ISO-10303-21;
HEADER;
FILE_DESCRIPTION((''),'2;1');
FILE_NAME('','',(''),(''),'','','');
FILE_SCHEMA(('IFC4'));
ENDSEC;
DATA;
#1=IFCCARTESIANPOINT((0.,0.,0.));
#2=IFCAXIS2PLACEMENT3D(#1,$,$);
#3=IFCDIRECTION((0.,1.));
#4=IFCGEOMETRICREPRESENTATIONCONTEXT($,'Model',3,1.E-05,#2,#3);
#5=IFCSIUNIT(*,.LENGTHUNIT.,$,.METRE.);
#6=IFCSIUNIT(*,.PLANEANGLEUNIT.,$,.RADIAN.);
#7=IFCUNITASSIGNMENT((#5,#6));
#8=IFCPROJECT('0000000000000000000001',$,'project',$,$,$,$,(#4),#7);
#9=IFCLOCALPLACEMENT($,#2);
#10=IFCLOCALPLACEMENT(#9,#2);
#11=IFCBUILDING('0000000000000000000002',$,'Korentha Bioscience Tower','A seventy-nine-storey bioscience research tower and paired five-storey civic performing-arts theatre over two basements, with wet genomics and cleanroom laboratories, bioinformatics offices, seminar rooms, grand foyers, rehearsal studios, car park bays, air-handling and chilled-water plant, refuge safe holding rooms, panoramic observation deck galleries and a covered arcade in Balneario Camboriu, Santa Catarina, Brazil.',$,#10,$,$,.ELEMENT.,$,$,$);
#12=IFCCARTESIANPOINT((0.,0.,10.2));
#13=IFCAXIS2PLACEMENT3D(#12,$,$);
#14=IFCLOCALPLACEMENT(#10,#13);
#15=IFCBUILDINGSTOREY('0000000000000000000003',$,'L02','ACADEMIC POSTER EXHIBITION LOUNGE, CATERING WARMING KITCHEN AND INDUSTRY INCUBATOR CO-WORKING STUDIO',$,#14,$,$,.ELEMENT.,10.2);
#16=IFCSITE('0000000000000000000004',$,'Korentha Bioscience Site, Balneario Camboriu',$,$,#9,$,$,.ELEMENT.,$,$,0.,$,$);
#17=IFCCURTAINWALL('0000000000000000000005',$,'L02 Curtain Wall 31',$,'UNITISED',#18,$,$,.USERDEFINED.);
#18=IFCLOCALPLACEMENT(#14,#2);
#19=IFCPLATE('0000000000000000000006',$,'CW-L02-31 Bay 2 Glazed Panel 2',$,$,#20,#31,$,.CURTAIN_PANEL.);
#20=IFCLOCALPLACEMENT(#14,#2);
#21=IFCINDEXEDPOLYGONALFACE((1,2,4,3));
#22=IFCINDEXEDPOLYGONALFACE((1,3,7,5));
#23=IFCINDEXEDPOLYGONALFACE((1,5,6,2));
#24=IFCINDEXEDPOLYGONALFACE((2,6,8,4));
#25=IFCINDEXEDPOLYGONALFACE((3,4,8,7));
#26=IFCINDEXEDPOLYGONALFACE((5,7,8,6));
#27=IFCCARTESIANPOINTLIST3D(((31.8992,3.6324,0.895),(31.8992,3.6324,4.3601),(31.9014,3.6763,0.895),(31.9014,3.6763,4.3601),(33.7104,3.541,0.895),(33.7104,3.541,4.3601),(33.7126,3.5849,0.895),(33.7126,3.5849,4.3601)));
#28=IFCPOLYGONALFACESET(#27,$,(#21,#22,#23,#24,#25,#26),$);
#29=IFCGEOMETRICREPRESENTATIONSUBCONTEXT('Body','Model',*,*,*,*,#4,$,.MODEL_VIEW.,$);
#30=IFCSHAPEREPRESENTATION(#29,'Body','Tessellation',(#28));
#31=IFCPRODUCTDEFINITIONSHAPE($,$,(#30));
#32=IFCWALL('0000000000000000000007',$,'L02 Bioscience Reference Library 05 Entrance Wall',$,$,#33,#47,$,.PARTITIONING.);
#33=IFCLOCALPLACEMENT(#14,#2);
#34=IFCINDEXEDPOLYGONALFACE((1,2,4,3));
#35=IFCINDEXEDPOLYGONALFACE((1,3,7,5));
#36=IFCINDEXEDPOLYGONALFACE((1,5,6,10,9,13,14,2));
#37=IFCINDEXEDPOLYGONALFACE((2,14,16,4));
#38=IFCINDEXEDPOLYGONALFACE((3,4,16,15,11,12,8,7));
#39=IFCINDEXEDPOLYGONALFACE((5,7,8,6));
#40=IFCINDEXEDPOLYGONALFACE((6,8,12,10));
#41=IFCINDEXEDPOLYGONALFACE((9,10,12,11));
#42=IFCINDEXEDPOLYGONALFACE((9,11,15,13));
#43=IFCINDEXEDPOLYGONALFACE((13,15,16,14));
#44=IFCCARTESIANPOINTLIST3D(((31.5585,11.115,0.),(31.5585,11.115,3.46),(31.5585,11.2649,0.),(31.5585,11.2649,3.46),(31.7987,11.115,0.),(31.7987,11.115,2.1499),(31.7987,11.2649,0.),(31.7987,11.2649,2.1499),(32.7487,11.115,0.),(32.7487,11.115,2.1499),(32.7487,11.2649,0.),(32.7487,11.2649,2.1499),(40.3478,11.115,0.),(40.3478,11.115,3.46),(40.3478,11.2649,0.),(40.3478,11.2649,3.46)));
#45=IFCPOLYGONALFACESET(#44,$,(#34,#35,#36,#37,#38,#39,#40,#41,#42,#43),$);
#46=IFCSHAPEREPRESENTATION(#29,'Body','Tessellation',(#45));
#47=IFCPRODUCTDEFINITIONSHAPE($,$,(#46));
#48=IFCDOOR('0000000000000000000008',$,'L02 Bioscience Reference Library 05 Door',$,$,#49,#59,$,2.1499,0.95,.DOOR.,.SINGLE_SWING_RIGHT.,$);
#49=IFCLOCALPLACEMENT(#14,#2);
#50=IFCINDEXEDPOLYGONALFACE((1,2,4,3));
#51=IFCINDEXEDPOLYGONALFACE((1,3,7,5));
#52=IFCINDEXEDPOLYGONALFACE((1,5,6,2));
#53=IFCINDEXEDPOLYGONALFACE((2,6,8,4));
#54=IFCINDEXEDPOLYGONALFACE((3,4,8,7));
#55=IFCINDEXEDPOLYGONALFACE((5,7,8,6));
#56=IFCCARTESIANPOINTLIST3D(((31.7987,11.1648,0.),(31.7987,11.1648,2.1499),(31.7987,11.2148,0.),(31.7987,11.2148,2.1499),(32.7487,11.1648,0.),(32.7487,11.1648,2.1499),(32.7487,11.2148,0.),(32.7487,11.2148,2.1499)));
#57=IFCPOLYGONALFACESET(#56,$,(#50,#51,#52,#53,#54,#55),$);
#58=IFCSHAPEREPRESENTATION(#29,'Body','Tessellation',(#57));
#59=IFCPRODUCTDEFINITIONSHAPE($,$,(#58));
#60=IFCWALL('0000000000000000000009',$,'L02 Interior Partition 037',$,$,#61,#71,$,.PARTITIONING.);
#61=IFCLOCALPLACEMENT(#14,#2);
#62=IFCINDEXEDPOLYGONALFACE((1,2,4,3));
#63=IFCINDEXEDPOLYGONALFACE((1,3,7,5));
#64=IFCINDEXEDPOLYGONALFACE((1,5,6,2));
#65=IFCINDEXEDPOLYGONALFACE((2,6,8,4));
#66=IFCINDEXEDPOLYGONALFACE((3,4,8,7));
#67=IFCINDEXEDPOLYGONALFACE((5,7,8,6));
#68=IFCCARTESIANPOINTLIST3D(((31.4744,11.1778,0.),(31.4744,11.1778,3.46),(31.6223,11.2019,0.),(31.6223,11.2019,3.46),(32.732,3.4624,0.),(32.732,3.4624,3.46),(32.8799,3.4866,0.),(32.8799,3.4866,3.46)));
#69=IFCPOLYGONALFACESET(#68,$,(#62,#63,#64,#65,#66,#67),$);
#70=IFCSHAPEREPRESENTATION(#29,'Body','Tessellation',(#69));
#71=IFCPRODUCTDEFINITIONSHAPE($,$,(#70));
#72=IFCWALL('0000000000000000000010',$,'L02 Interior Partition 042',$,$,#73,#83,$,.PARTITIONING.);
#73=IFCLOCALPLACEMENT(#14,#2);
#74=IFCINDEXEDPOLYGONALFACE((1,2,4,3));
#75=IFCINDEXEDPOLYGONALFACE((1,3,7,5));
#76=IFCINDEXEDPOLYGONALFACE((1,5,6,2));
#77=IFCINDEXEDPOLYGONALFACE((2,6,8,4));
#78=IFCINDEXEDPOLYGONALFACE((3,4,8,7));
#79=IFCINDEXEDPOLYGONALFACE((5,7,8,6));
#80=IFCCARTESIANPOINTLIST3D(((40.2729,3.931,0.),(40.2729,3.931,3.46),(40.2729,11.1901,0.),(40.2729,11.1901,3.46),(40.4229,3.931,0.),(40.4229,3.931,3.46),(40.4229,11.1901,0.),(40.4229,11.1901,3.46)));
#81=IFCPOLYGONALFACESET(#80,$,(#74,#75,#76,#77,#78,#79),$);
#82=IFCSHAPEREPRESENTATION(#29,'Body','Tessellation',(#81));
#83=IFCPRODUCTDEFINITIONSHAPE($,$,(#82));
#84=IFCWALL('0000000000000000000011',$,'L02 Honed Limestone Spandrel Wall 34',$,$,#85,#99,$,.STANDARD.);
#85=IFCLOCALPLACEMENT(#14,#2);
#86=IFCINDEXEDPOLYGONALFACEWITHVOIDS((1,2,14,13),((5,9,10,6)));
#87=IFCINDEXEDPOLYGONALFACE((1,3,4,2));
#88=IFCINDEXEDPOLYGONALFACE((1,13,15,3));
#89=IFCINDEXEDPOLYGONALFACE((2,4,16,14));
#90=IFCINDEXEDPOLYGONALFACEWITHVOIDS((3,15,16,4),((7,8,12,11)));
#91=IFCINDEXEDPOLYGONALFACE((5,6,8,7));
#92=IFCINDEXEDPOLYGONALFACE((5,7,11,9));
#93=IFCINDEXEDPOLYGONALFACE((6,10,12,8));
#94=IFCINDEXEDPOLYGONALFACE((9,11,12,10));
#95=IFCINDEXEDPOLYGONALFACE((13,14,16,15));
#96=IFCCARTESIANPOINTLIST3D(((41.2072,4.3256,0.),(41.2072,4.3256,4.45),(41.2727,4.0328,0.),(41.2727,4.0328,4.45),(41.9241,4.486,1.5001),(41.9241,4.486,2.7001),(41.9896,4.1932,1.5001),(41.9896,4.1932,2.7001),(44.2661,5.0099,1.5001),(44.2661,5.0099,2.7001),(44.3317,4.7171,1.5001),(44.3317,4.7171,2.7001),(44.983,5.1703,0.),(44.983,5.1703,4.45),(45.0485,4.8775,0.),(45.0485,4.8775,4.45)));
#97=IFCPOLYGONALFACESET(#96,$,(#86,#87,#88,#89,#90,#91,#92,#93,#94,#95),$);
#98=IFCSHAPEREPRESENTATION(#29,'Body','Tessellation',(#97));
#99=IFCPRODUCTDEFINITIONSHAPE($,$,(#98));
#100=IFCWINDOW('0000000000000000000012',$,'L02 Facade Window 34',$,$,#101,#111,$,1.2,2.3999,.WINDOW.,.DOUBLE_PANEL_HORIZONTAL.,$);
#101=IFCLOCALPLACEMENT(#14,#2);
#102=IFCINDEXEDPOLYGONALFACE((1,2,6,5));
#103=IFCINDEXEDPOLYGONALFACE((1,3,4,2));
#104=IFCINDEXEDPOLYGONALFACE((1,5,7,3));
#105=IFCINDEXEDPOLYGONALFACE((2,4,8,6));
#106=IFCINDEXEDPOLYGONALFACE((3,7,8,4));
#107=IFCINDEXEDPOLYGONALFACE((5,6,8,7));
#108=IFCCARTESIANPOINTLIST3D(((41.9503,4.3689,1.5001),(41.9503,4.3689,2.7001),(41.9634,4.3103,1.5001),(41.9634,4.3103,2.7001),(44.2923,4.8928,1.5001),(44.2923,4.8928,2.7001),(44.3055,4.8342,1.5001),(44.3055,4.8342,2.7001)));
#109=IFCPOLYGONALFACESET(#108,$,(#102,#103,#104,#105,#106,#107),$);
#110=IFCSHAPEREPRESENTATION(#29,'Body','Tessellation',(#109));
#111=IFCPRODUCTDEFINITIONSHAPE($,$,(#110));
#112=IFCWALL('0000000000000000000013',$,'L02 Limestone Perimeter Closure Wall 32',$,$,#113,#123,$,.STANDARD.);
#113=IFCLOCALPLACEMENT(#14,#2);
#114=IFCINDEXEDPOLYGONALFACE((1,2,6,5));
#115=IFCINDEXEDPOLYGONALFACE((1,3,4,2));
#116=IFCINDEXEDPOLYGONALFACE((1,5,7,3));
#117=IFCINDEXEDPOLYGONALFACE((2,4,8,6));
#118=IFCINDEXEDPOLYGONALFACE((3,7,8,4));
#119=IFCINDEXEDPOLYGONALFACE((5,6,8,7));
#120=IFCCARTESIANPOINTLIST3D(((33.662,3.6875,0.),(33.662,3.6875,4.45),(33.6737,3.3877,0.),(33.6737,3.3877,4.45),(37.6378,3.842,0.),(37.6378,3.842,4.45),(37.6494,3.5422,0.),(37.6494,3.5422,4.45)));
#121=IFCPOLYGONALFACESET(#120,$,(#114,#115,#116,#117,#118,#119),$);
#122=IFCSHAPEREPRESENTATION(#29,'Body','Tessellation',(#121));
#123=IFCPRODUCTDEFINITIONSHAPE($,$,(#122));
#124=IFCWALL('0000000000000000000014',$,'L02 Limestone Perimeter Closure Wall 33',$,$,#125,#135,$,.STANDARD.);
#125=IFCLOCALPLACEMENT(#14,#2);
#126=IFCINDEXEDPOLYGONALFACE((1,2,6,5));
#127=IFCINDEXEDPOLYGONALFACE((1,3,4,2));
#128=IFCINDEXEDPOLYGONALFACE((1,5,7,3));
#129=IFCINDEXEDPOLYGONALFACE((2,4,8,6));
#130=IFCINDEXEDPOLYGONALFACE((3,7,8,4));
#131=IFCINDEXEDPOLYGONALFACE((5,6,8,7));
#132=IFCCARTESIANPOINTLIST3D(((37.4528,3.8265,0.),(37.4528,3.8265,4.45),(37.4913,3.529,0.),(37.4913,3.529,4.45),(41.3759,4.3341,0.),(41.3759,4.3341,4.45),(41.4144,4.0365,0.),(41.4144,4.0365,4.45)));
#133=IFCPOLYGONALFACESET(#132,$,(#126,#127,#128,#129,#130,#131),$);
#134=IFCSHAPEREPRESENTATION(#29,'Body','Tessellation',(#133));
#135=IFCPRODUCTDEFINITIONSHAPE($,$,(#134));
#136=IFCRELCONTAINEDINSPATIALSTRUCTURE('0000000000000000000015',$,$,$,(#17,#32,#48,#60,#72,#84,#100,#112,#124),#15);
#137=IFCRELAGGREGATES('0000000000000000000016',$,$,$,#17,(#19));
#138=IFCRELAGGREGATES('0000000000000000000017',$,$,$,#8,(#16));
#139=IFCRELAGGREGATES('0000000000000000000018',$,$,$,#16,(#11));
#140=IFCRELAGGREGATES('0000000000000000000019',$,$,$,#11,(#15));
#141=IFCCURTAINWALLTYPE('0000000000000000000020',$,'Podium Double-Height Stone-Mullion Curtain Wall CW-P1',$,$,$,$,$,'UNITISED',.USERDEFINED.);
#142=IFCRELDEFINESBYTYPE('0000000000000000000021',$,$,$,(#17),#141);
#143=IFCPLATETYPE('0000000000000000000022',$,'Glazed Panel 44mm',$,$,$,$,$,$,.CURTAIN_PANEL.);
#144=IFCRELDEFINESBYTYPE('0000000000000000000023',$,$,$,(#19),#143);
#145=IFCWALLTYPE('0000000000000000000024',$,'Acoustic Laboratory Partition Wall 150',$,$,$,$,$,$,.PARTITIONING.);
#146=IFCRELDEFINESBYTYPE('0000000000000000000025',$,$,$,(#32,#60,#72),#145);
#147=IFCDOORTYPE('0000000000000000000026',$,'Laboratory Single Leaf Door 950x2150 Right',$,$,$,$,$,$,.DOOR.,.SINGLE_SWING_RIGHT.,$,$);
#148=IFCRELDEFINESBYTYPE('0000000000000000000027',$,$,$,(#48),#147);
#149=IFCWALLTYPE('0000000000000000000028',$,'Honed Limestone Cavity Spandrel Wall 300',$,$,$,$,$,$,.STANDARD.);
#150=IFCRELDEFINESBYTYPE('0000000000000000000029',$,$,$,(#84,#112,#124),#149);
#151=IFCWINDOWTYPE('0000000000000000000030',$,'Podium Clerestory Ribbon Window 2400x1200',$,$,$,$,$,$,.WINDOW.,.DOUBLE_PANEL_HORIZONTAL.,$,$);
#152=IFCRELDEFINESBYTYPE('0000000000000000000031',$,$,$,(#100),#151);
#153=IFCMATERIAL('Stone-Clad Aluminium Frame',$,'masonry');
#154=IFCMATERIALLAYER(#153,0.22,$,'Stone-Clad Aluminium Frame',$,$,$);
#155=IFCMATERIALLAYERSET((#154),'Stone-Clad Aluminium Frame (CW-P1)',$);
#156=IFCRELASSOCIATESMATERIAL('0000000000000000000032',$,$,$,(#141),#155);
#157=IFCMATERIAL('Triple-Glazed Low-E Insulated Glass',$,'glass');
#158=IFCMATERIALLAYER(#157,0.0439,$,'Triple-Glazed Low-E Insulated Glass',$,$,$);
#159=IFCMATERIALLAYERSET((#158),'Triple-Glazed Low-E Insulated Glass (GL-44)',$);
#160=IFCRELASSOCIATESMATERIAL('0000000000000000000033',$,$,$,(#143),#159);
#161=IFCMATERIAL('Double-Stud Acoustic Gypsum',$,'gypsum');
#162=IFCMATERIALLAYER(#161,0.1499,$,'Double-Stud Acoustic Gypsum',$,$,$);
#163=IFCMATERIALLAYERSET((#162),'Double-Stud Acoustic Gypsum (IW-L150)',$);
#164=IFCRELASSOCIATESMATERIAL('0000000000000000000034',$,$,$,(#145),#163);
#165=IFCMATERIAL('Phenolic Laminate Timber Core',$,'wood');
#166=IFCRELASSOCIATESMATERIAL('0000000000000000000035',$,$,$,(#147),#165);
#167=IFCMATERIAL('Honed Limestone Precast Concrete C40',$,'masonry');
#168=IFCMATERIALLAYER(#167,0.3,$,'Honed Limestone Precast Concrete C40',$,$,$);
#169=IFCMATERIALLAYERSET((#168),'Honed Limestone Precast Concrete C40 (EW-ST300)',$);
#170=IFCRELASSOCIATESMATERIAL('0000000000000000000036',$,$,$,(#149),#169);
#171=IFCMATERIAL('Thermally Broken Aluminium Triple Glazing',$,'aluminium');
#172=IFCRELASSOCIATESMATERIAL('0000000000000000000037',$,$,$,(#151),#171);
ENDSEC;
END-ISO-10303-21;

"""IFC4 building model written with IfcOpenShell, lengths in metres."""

from ifc_helpers import new_model, si_unit, direction, frame, frame_2d, origin, origin_2d, place, context, subcontext, project, spatial, rectangle, extrude, material, layer, layer_set, type_object, element, fill, aggregate, save


model = new_model("IFC4")

# Units and contexts
model_context = context("Model", 3, precision=1e-05, world=origin(), true_north=direction((0.0, 1.0)))
body_context = subcontext(model_context, "Body", "Model", "MODEL_VIEW")
ifc_project = project(units=[si_unit("LENGTHUNIT", "METRE"), si_unit("PLANEANGLEUNIT", "RADIAN")], contexts=[model_context])

# Site, building, storey
site_placement = place(None, origin())
site = spatial("IfcSite", under=ifc_project, at=site_placement, Name="Korentha Bioscience Site, Balneario Camboriu", CompositionType="ELEMENT", RefElevation=0.0)
building_placement = place(site_placement, origin())
building = spatial("IfcBuilding", under=site, at=building_placement, Name="Korentha Bioscience Tower", Description="A seventy-nine-storey bioscience research tower and paired five-storey civic performing-arts theatre over two basements, with wet genomics and cleanroom laboratories, bioinformatics offices, seminar rooms, grand foyers, rehearsal studios, car park bays, air-handling and chilled-water plant, refuge safe holding rooms, panoramic observation deck galleries and a covered arcade in Balneario Camboriu, Santa Catarina, Brazil.", CompositionType="ELEMENT")
storey_placement = place(building_placement, frame((0.0, 0.0, 10.2)))
storey = spatial("IfcBuildingStorey", under=building, at=storey_placement, Name="L02", Description="ACADEMIC POSTER EXHIBITION LOUNGE, CATERING WARMING KITCHEN AND INDUSTRY INCUBATOR CO-WORKING STUDIO", CompositionType="ELEMENT", Elevation=10.2)

# Curtain wall
ifc_material_1 = material(Name="Stone-Clad Aluminium Frame", Category="masonry")
ifc_layer_1 = layer(ifc_material_1, 0.22, Name="Stone-Clad Aluminium Frame")
ifc_layer_set_1 = layer_set([ifc_layer_1], Name="Stone-Clad Aluminium Frame (CW-P1)")
curtain_wall_type = type_object("IfcCurtainWallType", Name="Podium Double-Height Stone-Mullion Curtain Wall CW-P1", ElementType="UNITISED", PredefinedType="USERDEFINED", material=ifc_layer_set_1)
curtain_wall_placement = place(storey_placement, origin())
curtain_wall = element("IfcCurtainWall", 1, at=curtain_wall_placement, inside=storey, type_object=curtain_wall_type, Name="L02 Curtain Wall 31", ObjectType="UNITISED", PredefinedType="USERDEFINED")

# Plate
ifc_material_2 = material(Name="Triple-Glazed Low-E Insulated Glass", Category="glass")
ifc_layer_2 = layer(ifc_material_2, 0.0439, Name="Triple-Glazed Low-E Insulated Glass")
ifc_layer_set_2 = layer_set([ifc_layer_2], Name="Triple-Glazed Low-E Insulated Glass (GL-44)")
plate_type = type_object("IfcPlateType", Name="Glazed Panel 44mm", PredefinedType="CURTAIN_PANEL", material=ifc_layer_set_2)
plate_1_placement = place(storey_placement, frame((32.8059, 3.6086, 0.895), z_axis=(0.0, 0.0, 1.0), x_axis=(0.998731, -0.050371, 0.0)))
plate_1 = element("IfcPlate", 2, at=plate_1_placement, type_object=plate_type, Name="CW-L02-31 Bay 2 Glazed Panel 2", PredefinedType="CURTAIN_PANEL", context=body_context, shape_type="SweptSolid", body=[
    extrude(rectangle(XDim=1.8135, YDim=0.0439, at=origin_2d()), origin(), (0.0, 0.0, 1.0), 3.4651),
])
aggregate(curtain_wall, [plate_1])

# Wall, opening, door
ifc_material_3 = material(Name="Double-Stud Acoustic Gypsum", Category="gypsum")
ifc_layer_3 = layer(ifc_material_3, 0.1499, Name="Double-Stud Acoustic Gypsum")
ifc_layer_set_3 = layer_set([ifc_layer_3], Name="Double-Stud Acoustic Gypsum (IW-L150)")
wall_type_1 = type_object("IfcWallType", Name="Acoustic Laboratory Partition Wall 150", PredefinedType="PARTITIONING", material=ifc_layer_set_3)
wall_1_placement = place(storey_placement, frame((31.5586, 11.1899, 0.0), z_axis=(0.0, 0.0, 1.0), x_axis=(1.0, 0.0, 0.0)))
wall_1 = element("IfcWall", 3, at=wall_1_placement, inside=storey, type_object=wall_type_1, Name="L02 Bioscience Reference Library 05 Entrance Wall", PredefinedType="PARTITIONING", context=body_context, shape_type="SweptSolid", body=[
    extrude(rectangle(XDim=8.7893, YDim=0.1499, at=frame_2d((4.3945, 0.0))), origin(), (0.0, 0.0, 1.0), 3.46),
])
opening_1_placement = place(wall_1_placement, frame((0.24, 0.0, 0.0)))
opening_1 = element("IfcOpeningElement", 4, at=opening_1_placement, cuts=wall_1, PredefinedType="OPENING", context=body_context, shape_type="SweptSolid", body=[
    extrude(rectangle(XDim=0.95, YDim=2.1499, at=frame_2d((0.4751, 1.075))), frame((0.0, 0.0898, 0.0), z_axis=(0.0, -1.0, 0.0), x_axis=(1.0, 0.0, 0.0)), (0.0, 0.0, 1.0), 0.1797),
])
ifc_material_4 = material(Name="Phenolic Laminate Timber Core", Category="wood")
door_type_1 = type_object("IfcDoorType", Name="Laboratory Single Leaf Door 950x2150 Right", OperationType="SINGLE_SWING_RIGHT", PredefinedType="DOOR", material=ifc_material_4)
door_1_placement = place(opening_1_placement, origin())
door_1 = element("IfcDoor", 5, at=door_1_placement, inside=storey, type_object=door_type_1, Name="L02 Bioscience Reference Library 05 Door", OperationType="SINGLE_SWING_RIGHT", OverallHeight=2.1499, OverallWidth=0.95, PredefinedType="DOOR", context=body_context, shape_type="SweptSolid", body=[
    extrude(rectangle(XDim=0.95, YDim=2.1499, at=frame_2d((0.4751, 1.075))), frame((0.0, 0.0249, 0.0), z_axis=(0.0, -1.0, 0.0), x_axis=(1.0, 0.0, 0.0)), (0.0, 0.0, 1.0), 0.05),
])
fill(opening_1, door_1)

# Walls
wall_2_placement = place(storey_placement, frame((31.5483, 11.1899, 0.0), z_axis=(0.0, 0.0, 1.0), x_axis=(0.160873, -0.986975, 0.0)))
element("IfcWall", 6, at=wall_2_placement, inside=storey, type_object=wall_type_1, Name="L02 Interior Partition 037", PredefinedType="PARTITIONING", context=body_context, shape_type="SweptSolid", body=[
    extrude(rectangle(XDim=7.8171, YDim=0.1499, at=frame_2d((3.9087, 0.0))), origin(), (0.0, 0.0, 1.0), 3.46),
])
wall_3_placement = place(storey_placement, frame((40.3479, 11.1899, 0.0), z_axis=(0.0, 0.0, 1.0), x_axis=(0.0, -1.0, 0.0)))
element("IfcWall", 7, at=wall_3_placement, inside=storey, type_object=wall_type_1, Name="L02 Interior Partition 042", PredefinedType="PARTITIONING", context=body_context, shape_type="SweptSolid", body=[
    extrude(rectangle(XDim=7.259, YDim=0.1499, at=frame_2d((3.6294, 0.0))), origin(), (0.0, 0.0, 1.0), 3.46),
])

# Wall, opening, window
ifc_material_5 = material(Name="Honed Limestone Precast Concrete C40", Category="masonry")
ifc_layer_4 = layer(ifc_material_5, 0.3, Name="Honed Limestone Precast Concrete C40")
ifc_layer_set_4 = layer_set([ifc_layer_4], Name="Honed Limestone Precast Concrete C40 (EW-ST300)")
wall_type_2 = type_object("IfcWallType", Name="Honed Limestone Cavity Spandrel Wall 300", PredefinedType="STANDARD", material=ifc_layer_set_4)
wall_4_placement = place(storey_placement, frame((41.24, 4.1792, 0.0), z_axis=(0.0, 0.0, 1.0), x_axis=(0.975877, 0.21832, 0.0)))
wall_4 = element("IfcWall", 8, at=wall_4_placement, inside=storey, type_object=wall_type_2, Name="L02 Honed Limestone Spandrel Wall 34", PredefinedType="STANDARD", context=body_context, shape_type="SweptSolid", body=[
    extrude(rectangle(XDim=3.8691, YDim=0.3, at=frame_2d((1.9346, 0.0))), origin(), (0.0, 0.0, 1.0), 4.45),
])
opening_2_placement = place(wall_4_placement, frame((0.7346, 0.0, 1.5)))
opening_2 = element("IfcOpeningElement", 9, at=opening_2_placement, cuts=wall_4, PredefinedType="OPENING", context=body_context, shape_type="SweptSolid", body=[
    extrude(rectangle(XDim=2.3999, YDim=1.2, at=frame_2d((1.2, 0.6001))), frame((0.0, 0.165, 0.0), z_axis=(0.0, -1.0, 0.0), x_axis=(1.0, 0.0, 0.0)), (0.0, 0.0, 1.0), 0.3298),
])
ifc_material_6 = material(Name="Thermally Broken Aluminium Triple Glazing", Category="aluminium")
window_type = type_object("IfcWindowType", Name="Podium Clerestory Ribbon Window 2400x1200", PartitioningType="DOUBLE_PANEL_HORIZONTAL", PredefinedType="WINDOW", material=ifc_material_6)
window_placement = place(opening_2_placement, origin())
window = element("IfcWindow", 10, at=window_placement, inside=storey, type_object=window_type, Name="L02 Facade Window 34", OverallHeight=1.2, OverallWidth=2.3999, PartitioningType="DOUBLE_PANEL_HORIZONTAL", PredefinedType="WINDOW", context=body_context, shape_type="SweptSolid", body=[
    extrude(rectangle(XDim=2.3999, YDim=1.2, at=frame_2d((1.2, 0.6001))), frame((0.0, 0.03, 0.0), z_axis=(0.0, -1.0, 0.0), x_axis=(1.0, 0.0, 0.0)), (0.0, 0.0, 1.0), 0.0601),
])
fill(opening_2, window)

# Walls
wall_5_placement = place(storey_placement, frame((33.668, 3.5376, 0.0), z_axis=(0.0, 0.0, 1.0), x_axis=(0.999245, 0.038841, 0.0)))
element("IfcWall", 11, at=wall_5_placement, inside=storey, type_object=wall_type_2, Name="L02 Limestone Perimeter Closure Wall 32", PredefinedType="STANDARD", context=body_context, shape_type="SweptSolid", body=[
    extrude(rectangle(XDim=3.9788, YDim=0.3, at=frame_2d((1.9893, 0.0))), origin(), (0.0, 0.0, 1.0), 4.45),
])
wall_6_placement = place(storey_placement, frame((37.4719, 3.6777, 0.0), z_axis=(0.0, 0.0, 1.0), x_axis=(0.991734, 0.12831, 0.0)))
element("IfcWall", 12, at=wall_6_placement, inside=storey, type_object=wall_type_2, Name="L02 Limestone Perimeter Closure Wall 33", PredefinedType="STANDARD", context=body_context, shape_type="SweptSolid", body=[
    extrude(rectangle(XDim=3.9558, YDim=0.3, at=frame_2d((1.978, 0.0))), origin(), (0.0, 0.0, 1.0), 4.45),
])

save(model, "model.ifc")
